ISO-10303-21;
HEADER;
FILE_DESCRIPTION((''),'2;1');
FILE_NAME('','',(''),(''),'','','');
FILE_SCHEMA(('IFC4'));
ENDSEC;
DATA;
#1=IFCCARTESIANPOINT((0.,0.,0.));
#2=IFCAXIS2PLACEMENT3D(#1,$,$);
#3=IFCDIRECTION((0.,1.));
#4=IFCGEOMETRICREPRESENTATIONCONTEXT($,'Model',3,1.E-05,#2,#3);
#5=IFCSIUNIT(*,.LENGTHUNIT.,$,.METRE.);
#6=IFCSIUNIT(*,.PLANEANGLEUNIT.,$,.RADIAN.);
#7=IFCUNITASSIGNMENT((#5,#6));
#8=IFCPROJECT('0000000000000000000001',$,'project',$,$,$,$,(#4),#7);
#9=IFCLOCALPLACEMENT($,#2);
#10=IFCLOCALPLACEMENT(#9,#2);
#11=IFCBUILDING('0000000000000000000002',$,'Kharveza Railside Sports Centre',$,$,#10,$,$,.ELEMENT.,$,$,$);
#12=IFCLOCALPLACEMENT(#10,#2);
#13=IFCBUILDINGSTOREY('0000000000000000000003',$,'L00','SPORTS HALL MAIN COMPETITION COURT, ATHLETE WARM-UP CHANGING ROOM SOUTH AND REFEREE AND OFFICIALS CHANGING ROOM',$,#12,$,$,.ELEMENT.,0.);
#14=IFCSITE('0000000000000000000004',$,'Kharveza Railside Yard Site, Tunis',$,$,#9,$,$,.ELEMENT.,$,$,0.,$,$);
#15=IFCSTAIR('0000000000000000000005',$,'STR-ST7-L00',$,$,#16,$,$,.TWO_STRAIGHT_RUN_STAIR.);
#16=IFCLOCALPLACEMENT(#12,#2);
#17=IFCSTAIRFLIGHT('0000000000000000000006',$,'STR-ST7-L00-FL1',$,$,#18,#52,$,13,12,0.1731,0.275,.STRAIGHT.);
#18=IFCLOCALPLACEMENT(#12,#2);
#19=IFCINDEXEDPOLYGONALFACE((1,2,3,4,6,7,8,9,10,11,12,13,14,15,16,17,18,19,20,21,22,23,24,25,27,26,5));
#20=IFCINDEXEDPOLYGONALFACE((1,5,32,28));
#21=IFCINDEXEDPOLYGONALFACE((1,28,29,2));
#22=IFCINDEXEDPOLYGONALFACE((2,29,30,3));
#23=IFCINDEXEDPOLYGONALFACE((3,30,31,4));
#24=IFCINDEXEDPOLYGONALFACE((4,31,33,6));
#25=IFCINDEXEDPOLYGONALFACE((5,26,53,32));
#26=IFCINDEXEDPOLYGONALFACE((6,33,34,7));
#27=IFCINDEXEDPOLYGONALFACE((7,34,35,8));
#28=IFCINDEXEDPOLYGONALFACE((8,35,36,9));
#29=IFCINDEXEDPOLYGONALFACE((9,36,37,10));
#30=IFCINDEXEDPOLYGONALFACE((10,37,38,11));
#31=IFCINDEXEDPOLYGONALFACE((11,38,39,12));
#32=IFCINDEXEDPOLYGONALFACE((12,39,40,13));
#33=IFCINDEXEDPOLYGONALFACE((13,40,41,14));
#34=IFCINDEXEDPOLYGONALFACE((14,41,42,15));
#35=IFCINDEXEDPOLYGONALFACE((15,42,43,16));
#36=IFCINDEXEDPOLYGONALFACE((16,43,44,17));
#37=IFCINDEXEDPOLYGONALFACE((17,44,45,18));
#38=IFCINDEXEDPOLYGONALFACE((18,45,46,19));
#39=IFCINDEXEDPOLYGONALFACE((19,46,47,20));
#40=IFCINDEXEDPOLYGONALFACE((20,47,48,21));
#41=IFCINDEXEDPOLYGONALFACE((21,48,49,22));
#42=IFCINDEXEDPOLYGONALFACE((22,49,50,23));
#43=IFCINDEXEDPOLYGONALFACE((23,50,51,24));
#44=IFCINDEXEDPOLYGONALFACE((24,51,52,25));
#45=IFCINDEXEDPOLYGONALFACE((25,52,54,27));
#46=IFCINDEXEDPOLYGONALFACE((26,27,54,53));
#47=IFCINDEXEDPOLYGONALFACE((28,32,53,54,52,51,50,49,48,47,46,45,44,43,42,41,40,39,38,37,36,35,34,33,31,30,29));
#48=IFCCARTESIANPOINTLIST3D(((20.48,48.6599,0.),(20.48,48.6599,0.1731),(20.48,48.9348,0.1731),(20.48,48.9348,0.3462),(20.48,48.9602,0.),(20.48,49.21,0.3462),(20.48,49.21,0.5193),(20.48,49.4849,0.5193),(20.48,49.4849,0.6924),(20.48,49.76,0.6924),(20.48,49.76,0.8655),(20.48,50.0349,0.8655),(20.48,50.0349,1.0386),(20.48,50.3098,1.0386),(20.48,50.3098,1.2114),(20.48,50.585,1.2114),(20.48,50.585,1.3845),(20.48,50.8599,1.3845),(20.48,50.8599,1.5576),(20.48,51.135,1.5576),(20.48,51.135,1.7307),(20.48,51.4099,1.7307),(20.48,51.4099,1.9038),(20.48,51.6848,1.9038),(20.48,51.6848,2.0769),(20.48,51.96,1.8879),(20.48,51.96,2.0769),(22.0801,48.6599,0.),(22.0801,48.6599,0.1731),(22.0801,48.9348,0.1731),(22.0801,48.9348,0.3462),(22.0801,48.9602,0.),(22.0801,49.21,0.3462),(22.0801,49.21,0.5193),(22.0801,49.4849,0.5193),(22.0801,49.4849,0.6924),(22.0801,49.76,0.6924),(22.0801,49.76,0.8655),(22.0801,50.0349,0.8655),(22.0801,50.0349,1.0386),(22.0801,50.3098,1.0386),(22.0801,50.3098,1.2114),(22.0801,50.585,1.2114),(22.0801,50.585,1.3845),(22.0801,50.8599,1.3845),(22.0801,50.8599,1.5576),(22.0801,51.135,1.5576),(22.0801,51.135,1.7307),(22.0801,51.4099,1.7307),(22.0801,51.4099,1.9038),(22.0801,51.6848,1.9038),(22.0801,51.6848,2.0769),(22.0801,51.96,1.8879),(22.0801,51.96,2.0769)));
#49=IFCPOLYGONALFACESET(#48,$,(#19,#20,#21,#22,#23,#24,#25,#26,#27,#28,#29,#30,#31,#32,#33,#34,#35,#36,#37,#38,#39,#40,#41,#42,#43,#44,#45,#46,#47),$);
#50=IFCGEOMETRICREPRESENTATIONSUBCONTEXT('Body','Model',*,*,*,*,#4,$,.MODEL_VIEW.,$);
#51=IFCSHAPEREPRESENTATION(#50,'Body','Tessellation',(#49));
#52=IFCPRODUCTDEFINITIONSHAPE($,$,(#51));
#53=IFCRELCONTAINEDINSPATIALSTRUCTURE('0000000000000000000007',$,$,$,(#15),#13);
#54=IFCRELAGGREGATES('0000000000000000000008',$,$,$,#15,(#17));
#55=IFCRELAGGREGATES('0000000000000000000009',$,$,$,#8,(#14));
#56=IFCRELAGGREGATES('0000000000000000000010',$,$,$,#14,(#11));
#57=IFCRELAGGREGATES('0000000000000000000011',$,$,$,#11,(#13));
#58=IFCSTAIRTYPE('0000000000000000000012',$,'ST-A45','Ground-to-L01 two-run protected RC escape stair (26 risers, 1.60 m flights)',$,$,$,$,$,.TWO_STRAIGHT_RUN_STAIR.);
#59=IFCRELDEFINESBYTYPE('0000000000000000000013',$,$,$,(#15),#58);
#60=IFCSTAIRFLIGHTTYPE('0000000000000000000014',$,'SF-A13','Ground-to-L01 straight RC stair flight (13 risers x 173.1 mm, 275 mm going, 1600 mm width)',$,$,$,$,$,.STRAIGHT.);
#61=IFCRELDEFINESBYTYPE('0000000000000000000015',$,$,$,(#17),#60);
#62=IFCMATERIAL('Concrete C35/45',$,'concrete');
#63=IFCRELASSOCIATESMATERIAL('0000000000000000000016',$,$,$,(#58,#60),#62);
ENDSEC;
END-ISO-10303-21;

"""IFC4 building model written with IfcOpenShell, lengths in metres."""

from ifc_helpers import new_model, si_unit, direction, frame, origin, place, context, subcontext, project, spatial, polyline, outline, extrude, material, type_object, element, aggregate, save


model = new_model("IFC4")

# Units and contexts
model_context = context("Model", 3, precision=1e-05, world=origin(), true_north=direction((0.0, 1.0)))
body_context = subcontext(model_context, "Body", "Model", "MODEL_VIEW")
ifc_project = project(units=[si_unit("LENGTHUNIT", "METRE"), si_unit("PLANEANGLEUNIT", "RADIAN")], contexts=[model_context])

# Site, building, storey
site_placement = place(None, origin())
site = spatial("IfcSite", under=ifc_project, at=site_placement, Name="Kharveza Railside Yard Site, Tunis", CompositionType="ELEMENT", RefElevation=0.0)
building_placement = place(site_placement, origin())
building = spatial("IfcBuilding", under=site, at=building_placement, Name="Kharveza Railside Sports Centre", CompositionType="ELEMENT")
storey_placement = place(building_placement, origin())
storey = spatial("IfcBuildingStorey", under=building, at=storey_placement, Name="L00", Description="SPORTS HALL MAIN COMPETITION COURT, ATHLETE WARM-UP CHANGING ROOM SOUTH AND REFEREE AND OFFICIALS CHANGING ROOM", CompositionType="ELEMENT", Elevation=0.0)

# Shared definitions
ifc_material_1 = material(Name="Concrete C35/45", Category="concrete")

# Stair, stair flight
stair_type = type_object("IfcStairType", Name="ST-A45", Description="Ground-to-L01 two-run protected RC escape stair (26 risers, 1.60 m flights)", PredefinedType="TWO_STRAIGHT_RUN_STAIR", material=ifc_material_1)
stair_placement = place(storey_placement, origin())
stair = element("IfcStair", 1, at=stair_placement, inside=storey, type_object=stair_type, Name="STR-ST7-L00", PredefinedType="TWO_STRAIGHT_RUN_STAIR")
stair_flight_type = type_object("IfcStairFlightType", Name="SF-A13", Description="Ground-to-L01 straight RC stair flight (13 risers x 173.1 mm, 275 mm going, 1600 mm width)", PredefinedType="STRAIGHT", material=ifc_material_1)
stair_flight_placement = place(storey_placement, frame((21.28, 48.6599, 0.0), z_axis=(0.0, 0.0, 1.0), x_axis=(0.0, 1.0, 0.0)))
stair_flight = element("IfcStairFlight", 2, at=stair_flight_placement, type_object=stair_flight_type, Name="STR-ST7-L00-FL1", NumberOfRisers=13, NumberOfTreads=12, PredefinedType="STRAIGHT", RiserHeight=0.1731, TreadLength=0.275, context=body_context, shape_type="SweptSolid", body=[
    extrude(outline(polyline([(0.0, 0.0), (0.0, 0.1731), (0.2749, 0.1731), (0.2749, 0.3462), (0.55, 0.3462), (0.55, 0.5193), (0.825, 0.5193), (0.825, 0.6924), (1.1001, 0.6924), (1.1001, 0.8655), (1.375, 0.8655), (1.375, 1.0386), (1.6499, 1.0386), (1.6499, 1.2114), (1.925, 1.2114), (1.925, 1.3845), (2.2, 1.3845), (2.2, 1.5576), (2.4751, 1.5576), (2.4751, 1.7307), (2.75, 1.7307), (2.75, 1.9038), (3.0249, 1.9038), (3.0249, 2.0769), (3.3, 2.0769), (3.3, 2.25), (3.3, 1.8879), (0.3003, 0.0), (0.0, 0.0)])), frame((0.0, 0.8, 0.0), z_axis=(0.0, -1.0, 0.0), x_axis=(1.0, 0.0, 0.0)), (0.0, 0.0, 1.0), 1.6001),
])
aggregate(stair, [stair_flight])

save(model, "model.ifc")
